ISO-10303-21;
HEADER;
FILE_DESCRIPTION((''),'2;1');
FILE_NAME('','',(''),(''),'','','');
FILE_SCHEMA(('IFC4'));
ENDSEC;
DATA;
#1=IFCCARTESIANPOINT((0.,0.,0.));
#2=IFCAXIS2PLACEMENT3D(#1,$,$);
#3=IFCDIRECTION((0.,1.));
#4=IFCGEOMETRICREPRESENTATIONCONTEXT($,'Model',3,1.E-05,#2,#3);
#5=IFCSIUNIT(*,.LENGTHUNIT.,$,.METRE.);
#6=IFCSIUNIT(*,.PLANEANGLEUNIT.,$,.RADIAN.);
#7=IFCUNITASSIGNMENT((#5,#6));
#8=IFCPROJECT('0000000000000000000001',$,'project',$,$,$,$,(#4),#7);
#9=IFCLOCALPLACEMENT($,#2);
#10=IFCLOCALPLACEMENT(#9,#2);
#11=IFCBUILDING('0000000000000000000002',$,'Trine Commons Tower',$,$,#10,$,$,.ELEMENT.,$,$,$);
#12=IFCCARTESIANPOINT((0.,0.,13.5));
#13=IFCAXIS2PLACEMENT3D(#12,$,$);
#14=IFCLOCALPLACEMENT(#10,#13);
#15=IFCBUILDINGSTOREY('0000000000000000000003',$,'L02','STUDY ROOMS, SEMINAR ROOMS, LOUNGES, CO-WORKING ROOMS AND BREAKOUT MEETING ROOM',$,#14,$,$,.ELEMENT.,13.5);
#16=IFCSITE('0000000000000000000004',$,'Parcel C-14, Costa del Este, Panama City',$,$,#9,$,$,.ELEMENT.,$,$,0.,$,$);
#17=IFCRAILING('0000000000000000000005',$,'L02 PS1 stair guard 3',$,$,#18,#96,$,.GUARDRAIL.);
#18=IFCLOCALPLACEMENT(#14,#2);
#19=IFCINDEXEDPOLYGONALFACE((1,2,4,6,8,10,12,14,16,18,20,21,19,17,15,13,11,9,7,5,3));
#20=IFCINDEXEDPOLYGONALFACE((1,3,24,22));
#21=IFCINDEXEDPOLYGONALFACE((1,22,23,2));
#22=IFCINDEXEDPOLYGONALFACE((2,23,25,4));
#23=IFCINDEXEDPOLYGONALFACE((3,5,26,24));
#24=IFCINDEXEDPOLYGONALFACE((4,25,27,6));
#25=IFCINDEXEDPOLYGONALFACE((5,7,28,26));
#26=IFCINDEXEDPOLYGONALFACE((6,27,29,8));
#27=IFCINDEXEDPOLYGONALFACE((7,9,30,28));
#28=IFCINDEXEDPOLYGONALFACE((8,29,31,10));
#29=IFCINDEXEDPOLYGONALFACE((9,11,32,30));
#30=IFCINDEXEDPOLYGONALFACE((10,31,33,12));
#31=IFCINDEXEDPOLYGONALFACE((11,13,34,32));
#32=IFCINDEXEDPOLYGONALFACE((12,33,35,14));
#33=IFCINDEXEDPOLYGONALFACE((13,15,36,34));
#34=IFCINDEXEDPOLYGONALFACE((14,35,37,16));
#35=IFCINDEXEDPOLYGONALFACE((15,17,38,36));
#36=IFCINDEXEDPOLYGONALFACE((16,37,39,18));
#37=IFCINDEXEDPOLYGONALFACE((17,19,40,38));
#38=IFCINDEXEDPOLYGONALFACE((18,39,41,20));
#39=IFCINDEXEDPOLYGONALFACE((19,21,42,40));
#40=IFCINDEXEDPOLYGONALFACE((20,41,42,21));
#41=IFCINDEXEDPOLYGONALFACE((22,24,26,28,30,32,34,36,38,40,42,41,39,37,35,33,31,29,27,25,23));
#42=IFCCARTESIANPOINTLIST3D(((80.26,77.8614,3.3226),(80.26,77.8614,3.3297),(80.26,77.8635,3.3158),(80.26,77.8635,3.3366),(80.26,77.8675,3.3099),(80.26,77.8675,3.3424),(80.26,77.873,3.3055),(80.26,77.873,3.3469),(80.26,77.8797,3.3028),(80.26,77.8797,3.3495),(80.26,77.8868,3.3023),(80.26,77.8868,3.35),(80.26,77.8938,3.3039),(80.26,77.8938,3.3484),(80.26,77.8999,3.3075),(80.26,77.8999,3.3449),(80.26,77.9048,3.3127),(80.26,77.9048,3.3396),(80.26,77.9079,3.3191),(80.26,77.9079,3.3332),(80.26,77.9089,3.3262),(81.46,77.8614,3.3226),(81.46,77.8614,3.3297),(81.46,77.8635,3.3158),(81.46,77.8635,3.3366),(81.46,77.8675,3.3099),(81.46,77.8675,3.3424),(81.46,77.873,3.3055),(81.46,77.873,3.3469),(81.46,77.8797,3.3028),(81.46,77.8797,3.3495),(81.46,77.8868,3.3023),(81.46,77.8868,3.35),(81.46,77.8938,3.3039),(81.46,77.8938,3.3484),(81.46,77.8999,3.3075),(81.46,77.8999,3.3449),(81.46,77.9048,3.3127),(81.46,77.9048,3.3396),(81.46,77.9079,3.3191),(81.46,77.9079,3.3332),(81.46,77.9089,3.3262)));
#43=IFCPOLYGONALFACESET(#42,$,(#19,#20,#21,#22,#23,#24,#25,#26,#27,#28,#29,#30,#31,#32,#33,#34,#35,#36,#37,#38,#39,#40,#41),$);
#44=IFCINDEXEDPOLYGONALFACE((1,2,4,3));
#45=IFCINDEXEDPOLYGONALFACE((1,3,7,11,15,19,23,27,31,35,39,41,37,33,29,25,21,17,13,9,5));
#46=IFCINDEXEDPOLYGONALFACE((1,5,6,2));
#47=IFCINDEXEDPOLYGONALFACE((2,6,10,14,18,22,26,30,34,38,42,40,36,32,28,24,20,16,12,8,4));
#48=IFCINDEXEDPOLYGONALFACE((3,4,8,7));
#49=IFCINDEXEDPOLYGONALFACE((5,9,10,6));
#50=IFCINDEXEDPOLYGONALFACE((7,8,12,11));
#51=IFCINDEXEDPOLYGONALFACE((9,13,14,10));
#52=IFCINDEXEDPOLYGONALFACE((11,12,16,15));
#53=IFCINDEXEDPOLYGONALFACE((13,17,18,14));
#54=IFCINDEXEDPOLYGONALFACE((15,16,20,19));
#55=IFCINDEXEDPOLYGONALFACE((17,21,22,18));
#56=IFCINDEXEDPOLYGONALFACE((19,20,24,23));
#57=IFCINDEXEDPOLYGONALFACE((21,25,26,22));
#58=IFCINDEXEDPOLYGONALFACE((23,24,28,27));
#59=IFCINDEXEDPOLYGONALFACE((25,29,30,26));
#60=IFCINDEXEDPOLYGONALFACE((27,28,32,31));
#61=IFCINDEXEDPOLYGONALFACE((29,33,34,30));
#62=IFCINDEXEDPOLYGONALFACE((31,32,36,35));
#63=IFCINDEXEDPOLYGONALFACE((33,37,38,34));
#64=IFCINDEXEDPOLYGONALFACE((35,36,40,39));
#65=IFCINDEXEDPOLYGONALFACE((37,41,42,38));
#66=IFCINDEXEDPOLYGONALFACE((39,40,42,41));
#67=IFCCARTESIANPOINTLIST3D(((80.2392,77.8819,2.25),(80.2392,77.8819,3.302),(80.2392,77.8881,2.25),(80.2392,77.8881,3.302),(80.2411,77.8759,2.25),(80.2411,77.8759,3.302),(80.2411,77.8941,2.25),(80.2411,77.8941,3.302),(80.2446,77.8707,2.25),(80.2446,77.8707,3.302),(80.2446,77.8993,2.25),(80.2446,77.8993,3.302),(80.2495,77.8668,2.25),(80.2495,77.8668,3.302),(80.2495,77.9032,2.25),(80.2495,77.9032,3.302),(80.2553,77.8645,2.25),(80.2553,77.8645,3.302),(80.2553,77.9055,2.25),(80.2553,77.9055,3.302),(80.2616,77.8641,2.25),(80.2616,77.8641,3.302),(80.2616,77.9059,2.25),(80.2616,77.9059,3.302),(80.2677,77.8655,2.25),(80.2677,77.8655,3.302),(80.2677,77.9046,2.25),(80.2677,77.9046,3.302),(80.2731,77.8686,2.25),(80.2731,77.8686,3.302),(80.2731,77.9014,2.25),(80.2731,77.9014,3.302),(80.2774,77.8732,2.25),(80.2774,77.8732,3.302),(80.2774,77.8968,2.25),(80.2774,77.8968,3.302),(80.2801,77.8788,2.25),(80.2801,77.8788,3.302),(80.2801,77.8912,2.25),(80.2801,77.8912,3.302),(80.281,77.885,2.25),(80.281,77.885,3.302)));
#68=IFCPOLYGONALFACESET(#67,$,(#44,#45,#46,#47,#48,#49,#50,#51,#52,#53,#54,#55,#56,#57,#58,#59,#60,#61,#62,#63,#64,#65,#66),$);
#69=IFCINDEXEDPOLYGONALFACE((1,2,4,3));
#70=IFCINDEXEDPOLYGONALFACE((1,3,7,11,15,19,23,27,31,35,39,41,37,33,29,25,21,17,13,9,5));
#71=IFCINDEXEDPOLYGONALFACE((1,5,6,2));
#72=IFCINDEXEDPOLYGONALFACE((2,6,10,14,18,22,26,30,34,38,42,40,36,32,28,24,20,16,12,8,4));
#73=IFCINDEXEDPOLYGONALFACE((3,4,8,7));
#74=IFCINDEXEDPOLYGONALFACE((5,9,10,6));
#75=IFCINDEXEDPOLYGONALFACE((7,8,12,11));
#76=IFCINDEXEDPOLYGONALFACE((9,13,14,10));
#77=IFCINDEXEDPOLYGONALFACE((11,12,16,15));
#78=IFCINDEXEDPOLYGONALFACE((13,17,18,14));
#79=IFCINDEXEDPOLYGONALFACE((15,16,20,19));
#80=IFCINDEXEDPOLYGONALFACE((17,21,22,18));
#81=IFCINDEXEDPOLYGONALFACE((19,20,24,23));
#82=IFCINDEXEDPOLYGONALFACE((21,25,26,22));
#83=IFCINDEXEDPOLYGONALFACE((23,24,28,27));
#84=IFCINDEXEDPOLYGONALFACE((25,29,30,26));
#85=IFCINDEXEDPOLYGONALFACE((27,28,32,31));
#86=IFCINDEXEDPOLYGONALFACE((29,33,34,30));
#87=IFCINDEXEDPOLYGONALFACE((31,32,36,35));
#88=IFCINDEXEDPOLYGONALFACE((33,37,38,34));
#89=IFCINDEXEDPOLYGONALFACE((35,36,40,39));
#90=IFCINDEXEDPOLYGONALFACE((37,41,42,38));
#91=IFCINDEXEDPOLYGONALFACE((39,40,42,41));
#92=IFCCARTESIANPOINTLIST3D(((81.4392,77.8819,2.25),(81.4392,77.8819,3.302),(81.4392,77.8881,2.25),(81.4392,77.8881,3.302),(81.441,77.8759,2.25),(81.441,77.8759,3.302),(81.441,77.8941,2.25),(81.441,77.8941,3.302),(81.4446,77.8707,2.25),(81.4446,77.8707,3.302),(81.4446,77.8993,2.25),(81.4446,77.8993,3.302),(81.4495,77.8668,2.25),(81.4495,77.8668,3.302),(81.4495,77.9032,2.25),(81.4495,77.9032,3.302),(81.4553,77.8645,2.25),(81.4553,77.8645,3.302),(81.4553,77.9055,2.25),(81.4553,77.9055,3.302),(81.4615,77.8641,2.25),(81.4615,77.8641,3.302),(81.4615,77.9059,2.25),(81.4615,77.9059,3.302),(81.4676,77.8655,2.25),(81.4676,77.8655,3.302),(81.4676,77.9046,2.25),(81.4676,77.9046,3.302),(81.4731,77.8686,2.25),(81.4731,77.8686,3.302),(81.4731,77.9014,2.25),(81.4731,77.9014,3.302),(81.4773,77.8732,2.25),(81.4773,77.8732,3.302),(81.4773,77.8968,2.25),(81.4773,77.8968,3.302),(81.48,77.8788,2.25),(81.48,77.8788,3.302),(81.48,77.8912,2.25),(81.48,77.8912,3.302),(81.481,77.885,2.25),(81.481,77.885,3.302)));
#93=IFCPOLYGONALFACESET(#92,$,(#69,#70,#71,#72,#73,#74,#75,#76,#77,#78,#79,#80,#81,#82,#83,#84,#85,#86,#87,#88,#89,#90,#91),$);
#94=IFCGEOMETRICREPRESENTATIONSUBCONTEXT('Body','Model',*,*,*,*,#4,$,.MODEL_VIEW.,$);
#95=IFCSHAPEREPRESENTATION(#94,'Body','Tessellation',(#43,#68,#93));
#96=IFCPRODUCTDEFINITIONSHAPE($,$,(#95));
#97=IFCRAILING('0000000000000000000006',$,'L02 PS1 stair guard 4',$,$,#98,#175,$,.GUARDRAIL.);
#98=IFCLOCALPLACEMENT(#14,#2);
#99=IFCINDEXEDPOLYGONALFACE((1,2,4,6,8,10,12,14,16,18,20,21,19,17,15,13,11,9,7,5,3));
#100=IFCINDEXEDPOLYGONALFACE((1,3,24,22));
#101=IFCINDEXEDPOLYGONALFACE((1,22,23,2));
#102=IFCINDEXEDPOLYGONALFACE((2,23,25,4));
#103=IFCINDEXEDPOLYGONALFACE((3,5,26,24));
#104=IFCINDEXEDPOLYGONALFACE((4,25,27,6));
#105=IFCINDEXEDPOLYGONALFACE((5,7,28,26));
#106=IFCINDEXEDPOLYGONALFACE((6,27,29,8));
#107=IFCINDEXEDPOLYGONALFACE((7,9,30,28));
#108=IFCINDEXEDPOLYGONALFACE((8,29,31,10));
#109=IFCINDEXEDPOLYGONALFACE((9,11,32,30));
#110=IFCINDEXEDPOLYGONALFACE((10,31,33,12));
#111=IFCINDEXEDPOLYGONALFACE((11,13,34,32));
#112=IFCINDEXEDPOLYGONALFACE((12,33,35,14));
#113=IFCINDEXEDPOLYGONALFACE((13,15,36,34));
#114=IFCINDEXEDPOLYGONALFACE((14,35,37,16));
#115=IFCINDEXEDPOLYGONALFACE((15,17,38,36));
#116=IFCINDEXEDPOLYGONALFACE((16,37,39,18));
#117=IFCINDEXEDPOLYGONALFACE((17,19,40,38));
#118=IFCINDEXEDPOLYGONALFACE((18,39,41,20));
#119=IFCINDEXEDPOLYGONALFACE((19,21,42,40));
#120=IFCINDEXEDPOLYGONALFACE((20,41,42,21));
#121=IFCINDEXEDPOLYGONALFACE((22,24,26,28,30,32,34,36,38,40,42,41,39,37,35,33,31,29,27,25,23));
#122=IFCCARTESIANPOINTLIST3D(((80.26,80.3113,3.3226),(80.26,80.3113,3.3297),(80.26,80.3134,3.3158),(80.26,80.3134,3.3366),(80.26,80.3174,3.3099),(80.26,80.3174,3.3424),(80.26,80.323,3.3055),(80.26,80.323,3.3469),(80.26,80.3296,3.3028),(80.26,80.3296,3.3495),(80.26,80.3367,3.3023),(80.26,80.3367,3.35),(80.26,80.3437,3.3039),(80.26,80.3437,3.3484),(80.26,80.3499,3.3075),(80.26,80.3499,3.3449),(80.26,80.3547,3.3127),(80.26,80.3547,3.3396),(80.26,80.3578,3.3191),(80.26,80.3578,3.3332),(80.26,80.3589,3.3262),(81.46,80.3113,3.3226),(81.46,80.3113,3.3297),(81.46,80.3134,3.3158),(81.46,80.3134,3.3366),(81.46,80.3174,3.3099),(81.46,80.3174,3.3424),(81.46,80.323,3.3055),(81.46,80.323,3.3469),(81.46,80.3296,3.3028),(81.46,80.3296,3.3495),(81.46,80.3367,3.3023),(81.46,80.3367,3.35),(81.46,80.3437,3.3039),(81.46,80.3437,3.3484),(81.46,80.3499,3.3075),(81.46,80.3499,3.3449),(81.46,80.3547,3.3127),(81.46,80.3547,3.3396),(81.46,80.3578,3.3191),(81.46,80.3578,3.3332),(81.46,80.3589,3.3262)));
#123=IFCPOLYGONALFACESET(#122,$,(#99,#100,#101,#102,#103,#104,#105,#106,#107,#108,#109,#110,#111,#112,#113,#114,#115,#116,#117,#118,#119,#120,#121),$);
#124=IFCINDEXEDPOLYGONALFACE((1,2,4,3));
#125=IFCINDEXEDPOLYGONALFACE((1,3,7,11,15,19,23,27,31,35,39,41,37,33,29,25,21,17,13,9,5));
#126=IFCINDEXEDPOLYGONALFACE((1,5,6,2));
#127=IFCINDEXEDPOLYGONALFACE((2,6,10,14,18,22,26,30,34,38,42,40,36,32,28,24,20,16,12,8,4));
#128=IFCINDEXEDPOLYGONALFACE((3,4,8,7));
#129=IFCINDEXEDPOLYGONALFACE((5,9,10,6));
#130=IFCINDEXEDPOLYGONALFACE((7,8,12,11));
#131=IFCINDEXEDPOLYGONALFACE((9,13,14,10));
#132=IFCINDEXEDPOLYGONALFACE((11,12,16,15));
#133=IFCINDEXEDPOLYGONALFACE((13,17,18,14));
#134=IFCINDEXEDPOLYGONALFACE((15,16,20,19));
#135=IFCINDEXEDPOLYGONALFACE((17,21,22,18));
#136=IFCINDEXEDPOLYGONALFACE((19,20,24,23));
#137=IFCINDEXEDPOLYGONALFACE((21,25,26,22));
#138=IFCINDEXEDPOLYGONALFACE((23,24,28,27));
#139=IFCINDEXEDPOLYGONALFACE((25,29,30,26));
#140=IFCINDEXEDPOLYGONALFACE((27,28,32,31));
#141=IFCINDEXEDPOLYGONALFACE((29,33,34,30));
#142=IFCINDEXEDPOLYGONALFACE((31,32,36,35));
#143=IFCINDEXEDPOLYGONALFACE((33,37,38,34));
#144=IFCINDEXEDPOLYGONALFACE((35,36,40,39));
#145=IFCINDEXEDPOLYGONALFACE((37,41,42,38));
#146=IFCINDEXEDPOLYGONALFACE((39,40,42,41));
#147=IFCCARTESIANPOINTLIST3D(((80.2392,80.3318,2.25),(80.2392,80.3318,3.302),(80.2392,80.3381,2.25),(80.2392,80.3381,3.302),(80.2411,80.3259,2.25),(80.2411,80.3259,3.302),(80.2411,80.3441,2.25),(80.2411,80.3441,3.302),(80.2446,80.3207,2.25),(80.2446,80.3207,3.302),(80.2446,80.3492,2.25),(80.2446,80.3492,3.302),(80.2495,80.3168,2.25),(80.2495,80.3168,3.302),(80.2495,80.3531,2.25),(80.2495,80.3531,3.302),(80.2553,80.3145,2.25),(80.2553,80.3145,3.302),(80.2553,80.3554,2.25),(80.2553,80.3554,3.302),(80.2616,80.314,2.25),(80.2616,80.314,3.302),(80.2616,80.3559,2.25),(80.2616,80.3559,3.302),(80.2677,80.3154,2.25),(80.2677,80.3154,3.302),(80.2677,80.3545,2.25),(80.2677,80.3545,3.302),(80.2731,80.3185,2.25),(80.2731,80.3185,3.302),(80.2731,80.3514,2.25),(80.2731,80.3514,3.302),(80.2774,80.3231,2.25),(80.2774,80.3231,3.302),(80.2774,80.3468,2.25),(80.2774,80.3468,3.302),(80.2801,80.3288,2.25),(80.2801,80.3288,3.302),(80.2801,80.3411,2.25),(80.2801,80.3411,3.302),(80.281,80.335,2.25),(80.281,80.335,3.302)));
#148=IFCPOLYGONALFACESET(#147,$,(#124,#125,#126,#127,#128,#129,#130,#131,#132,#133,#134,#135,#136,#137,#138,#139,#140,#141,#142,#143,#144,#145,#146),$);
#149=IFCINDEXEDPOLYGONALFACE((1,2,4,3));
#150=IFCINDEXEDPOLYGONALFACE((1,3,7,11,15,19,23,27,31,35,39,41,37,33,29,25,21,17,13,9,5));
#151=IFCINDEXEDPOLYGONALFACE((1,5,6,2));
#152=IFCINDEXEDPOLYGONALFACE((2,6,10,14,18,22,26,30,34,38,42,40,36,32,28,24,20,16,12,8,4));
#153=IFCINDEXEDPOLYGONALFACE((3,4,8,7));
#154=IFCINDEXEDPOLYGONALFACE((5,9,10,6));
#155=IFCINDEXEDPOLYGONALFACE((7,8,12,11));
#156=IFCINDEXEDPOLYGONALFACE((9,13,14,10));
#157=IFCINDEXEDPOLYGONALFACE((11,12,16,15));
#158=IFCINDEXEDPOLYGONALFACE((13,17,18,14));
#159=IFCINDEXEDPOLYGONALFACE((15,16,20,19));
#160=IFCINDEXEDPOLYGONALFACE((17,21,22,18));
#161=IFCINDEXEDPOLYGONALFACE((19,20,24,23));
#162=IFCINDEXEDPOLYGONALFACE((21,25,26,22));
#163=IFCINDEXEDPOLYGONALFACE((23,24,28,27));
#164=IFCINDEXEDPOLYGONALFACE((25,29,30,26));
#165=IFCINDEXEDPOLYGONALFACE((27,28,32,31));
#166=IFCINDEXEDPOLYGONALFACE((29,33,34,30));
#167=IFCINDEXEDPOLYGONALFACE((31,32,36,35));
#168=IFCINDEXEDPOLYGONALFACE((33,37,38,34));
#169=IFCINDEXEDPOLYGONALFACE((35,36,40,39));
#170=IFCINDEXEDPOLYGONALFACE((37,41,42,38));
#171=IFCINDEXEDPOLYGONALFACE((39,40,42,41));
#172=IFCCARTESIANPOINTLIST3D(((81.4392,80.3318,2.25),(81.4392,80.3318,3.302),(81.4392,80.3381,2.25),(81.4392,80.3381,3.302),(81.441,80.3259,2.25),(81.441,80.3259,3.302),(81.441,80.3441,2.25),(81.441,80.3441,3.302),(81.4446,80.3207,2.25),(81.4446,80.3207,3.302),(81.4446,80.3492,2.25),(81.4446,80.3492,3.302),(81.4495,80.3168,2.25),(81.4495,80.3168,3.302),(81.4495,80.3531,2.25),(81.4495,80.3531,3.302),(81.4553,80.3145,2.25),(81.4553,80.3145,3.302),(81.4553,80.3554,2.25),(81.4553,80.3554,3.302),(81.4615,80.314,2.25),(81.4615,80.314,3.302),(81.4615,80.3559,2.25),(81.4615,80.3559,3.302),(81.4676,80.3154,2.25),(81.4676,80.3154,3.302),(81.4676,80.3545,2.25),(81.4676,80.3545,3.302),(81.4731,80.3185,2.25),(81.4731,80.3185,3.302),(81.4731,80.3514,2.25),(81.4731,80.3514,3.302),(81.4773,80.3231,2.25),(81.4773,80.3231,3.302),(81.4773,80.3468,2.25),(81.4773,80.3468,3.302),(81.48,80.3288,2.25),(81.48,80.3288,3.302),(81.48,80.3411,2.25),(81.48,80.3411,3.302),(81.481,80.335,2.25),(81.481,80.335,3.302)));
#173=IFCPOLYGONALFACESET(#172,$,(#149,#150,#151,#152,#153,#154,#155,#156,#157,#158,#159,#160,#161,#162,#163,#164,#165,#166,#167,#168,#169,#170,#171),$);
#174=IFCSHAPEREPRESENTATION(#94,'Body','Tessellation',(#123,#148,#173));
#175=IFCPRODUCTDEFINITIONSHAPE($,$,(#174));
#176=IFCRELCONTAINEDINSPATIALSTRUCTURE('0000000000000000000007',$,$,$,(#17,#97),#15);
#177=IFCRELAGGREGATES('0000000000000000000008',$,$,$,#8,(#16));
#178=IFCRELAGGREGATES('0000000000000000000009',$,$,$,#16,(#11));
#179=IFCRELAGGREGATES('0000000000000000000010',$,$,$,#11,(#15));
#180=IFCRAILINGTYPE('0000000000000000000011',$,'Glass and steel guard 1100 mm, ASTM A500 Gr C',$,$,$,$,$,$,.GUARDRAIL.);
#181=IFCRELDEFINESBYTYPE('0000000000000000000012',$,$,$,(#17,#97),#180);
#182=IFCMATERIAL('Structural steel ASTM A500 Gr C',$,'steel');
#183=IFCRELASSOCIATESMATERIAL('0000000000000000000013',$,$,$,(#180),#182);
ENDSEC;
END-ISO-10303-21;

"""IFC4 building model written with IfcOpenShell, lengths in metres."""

from ifc_helpers import new_model, si_unit, direction, frame, origin, origin_2d, place, context, subcontext, project, spatial, circle, extrude, material, type_object, element, save


model = new_model("IFC4")

# Units and contexts
model_context = context("Model", 3, precision=1e-05, world=origin(), true_north=direction((0.0, 1.0)))
body_context = subcontext(model_context, "Body", "Model", "MODEL_VIEW")
ifc_project = project(units=[si_unit("LENGTHUNIT", "METRE"), si_unit("PLANEANGLEUNIT", "RADIAN")], contexts=[model_context])

# Site, building, storey
site_placement = place(None, origin())
site = spatial("IfcSite", under=ifc_project, at=site_placement, Name="Parcel C-14, Costa del Este, Panama City", CompositionType="ELEMENT", RefElevation=0.0)
building_placement = place(site_placement, origin())
building = spatial("IfcBuilding", under=site, at=building_placement, Name="Trine Commons Tower", CompositionType="ELEMENT")
storey_placement = place(building_placement, frame((0.0, 0.0, 13.5)))
storey = spatial("IfcBuildingStorey", under=building, at=storey_placement, Name="L02", Description="STUDY ROOMS, SEMINAR ROOMS, LOUNGES, CO-WORKING ROOMS AND BREAKOUT MEETING ROOM", CompositionType="ELEMENT", Elevation=13.5)

# Railings
ifc_material_1 = material(Name="Structural steel ASTM A500 Gr C", Category="steel")
railing_type_1 = type_object("IfcRailingType", Name="Glass and steel guard 1100 mm, ASTM A500 Gr C", PredefinedType="GUARDRAIL", material=ifc_material_1)
for number, where, name in (
    (1, (80.26, 77.885, 2.25), "L02 PS1 stair guard 3"),
    (2, (80.26, 80.335, 2.25), "L02 PS1 stair guard 4"),
):
    element("IfcRailing", number, at=place(storey_placement, frame(where)), inside=storey, type_object=railing_type_1, Name=name, PredefinedType="GUARDRAIL", context=body_context, shape_type="SweptSolid", body=[
        extrude(circle(Radius=0.0239, at=origin_2d()), frame((0.0, 0.0, 1.0762), z_axis=(1.0, 0.0, 0.0), x_axis=(0.0, 1.0, 0.0)), (0.0, 0.0, 1.0), 1.2),
        extrude(circle(Radius=0.021, at=origin_2d()), origin(), (0.0, 0.0, 1.0), 1.052),
        extrude(circle(Radius=0.021, at=origin_2d()), frame((1.2, 0.0, 0.0)), (0.0, 0.0, 1.0), 1.052),
    ])

save(model, "model.ifc")
